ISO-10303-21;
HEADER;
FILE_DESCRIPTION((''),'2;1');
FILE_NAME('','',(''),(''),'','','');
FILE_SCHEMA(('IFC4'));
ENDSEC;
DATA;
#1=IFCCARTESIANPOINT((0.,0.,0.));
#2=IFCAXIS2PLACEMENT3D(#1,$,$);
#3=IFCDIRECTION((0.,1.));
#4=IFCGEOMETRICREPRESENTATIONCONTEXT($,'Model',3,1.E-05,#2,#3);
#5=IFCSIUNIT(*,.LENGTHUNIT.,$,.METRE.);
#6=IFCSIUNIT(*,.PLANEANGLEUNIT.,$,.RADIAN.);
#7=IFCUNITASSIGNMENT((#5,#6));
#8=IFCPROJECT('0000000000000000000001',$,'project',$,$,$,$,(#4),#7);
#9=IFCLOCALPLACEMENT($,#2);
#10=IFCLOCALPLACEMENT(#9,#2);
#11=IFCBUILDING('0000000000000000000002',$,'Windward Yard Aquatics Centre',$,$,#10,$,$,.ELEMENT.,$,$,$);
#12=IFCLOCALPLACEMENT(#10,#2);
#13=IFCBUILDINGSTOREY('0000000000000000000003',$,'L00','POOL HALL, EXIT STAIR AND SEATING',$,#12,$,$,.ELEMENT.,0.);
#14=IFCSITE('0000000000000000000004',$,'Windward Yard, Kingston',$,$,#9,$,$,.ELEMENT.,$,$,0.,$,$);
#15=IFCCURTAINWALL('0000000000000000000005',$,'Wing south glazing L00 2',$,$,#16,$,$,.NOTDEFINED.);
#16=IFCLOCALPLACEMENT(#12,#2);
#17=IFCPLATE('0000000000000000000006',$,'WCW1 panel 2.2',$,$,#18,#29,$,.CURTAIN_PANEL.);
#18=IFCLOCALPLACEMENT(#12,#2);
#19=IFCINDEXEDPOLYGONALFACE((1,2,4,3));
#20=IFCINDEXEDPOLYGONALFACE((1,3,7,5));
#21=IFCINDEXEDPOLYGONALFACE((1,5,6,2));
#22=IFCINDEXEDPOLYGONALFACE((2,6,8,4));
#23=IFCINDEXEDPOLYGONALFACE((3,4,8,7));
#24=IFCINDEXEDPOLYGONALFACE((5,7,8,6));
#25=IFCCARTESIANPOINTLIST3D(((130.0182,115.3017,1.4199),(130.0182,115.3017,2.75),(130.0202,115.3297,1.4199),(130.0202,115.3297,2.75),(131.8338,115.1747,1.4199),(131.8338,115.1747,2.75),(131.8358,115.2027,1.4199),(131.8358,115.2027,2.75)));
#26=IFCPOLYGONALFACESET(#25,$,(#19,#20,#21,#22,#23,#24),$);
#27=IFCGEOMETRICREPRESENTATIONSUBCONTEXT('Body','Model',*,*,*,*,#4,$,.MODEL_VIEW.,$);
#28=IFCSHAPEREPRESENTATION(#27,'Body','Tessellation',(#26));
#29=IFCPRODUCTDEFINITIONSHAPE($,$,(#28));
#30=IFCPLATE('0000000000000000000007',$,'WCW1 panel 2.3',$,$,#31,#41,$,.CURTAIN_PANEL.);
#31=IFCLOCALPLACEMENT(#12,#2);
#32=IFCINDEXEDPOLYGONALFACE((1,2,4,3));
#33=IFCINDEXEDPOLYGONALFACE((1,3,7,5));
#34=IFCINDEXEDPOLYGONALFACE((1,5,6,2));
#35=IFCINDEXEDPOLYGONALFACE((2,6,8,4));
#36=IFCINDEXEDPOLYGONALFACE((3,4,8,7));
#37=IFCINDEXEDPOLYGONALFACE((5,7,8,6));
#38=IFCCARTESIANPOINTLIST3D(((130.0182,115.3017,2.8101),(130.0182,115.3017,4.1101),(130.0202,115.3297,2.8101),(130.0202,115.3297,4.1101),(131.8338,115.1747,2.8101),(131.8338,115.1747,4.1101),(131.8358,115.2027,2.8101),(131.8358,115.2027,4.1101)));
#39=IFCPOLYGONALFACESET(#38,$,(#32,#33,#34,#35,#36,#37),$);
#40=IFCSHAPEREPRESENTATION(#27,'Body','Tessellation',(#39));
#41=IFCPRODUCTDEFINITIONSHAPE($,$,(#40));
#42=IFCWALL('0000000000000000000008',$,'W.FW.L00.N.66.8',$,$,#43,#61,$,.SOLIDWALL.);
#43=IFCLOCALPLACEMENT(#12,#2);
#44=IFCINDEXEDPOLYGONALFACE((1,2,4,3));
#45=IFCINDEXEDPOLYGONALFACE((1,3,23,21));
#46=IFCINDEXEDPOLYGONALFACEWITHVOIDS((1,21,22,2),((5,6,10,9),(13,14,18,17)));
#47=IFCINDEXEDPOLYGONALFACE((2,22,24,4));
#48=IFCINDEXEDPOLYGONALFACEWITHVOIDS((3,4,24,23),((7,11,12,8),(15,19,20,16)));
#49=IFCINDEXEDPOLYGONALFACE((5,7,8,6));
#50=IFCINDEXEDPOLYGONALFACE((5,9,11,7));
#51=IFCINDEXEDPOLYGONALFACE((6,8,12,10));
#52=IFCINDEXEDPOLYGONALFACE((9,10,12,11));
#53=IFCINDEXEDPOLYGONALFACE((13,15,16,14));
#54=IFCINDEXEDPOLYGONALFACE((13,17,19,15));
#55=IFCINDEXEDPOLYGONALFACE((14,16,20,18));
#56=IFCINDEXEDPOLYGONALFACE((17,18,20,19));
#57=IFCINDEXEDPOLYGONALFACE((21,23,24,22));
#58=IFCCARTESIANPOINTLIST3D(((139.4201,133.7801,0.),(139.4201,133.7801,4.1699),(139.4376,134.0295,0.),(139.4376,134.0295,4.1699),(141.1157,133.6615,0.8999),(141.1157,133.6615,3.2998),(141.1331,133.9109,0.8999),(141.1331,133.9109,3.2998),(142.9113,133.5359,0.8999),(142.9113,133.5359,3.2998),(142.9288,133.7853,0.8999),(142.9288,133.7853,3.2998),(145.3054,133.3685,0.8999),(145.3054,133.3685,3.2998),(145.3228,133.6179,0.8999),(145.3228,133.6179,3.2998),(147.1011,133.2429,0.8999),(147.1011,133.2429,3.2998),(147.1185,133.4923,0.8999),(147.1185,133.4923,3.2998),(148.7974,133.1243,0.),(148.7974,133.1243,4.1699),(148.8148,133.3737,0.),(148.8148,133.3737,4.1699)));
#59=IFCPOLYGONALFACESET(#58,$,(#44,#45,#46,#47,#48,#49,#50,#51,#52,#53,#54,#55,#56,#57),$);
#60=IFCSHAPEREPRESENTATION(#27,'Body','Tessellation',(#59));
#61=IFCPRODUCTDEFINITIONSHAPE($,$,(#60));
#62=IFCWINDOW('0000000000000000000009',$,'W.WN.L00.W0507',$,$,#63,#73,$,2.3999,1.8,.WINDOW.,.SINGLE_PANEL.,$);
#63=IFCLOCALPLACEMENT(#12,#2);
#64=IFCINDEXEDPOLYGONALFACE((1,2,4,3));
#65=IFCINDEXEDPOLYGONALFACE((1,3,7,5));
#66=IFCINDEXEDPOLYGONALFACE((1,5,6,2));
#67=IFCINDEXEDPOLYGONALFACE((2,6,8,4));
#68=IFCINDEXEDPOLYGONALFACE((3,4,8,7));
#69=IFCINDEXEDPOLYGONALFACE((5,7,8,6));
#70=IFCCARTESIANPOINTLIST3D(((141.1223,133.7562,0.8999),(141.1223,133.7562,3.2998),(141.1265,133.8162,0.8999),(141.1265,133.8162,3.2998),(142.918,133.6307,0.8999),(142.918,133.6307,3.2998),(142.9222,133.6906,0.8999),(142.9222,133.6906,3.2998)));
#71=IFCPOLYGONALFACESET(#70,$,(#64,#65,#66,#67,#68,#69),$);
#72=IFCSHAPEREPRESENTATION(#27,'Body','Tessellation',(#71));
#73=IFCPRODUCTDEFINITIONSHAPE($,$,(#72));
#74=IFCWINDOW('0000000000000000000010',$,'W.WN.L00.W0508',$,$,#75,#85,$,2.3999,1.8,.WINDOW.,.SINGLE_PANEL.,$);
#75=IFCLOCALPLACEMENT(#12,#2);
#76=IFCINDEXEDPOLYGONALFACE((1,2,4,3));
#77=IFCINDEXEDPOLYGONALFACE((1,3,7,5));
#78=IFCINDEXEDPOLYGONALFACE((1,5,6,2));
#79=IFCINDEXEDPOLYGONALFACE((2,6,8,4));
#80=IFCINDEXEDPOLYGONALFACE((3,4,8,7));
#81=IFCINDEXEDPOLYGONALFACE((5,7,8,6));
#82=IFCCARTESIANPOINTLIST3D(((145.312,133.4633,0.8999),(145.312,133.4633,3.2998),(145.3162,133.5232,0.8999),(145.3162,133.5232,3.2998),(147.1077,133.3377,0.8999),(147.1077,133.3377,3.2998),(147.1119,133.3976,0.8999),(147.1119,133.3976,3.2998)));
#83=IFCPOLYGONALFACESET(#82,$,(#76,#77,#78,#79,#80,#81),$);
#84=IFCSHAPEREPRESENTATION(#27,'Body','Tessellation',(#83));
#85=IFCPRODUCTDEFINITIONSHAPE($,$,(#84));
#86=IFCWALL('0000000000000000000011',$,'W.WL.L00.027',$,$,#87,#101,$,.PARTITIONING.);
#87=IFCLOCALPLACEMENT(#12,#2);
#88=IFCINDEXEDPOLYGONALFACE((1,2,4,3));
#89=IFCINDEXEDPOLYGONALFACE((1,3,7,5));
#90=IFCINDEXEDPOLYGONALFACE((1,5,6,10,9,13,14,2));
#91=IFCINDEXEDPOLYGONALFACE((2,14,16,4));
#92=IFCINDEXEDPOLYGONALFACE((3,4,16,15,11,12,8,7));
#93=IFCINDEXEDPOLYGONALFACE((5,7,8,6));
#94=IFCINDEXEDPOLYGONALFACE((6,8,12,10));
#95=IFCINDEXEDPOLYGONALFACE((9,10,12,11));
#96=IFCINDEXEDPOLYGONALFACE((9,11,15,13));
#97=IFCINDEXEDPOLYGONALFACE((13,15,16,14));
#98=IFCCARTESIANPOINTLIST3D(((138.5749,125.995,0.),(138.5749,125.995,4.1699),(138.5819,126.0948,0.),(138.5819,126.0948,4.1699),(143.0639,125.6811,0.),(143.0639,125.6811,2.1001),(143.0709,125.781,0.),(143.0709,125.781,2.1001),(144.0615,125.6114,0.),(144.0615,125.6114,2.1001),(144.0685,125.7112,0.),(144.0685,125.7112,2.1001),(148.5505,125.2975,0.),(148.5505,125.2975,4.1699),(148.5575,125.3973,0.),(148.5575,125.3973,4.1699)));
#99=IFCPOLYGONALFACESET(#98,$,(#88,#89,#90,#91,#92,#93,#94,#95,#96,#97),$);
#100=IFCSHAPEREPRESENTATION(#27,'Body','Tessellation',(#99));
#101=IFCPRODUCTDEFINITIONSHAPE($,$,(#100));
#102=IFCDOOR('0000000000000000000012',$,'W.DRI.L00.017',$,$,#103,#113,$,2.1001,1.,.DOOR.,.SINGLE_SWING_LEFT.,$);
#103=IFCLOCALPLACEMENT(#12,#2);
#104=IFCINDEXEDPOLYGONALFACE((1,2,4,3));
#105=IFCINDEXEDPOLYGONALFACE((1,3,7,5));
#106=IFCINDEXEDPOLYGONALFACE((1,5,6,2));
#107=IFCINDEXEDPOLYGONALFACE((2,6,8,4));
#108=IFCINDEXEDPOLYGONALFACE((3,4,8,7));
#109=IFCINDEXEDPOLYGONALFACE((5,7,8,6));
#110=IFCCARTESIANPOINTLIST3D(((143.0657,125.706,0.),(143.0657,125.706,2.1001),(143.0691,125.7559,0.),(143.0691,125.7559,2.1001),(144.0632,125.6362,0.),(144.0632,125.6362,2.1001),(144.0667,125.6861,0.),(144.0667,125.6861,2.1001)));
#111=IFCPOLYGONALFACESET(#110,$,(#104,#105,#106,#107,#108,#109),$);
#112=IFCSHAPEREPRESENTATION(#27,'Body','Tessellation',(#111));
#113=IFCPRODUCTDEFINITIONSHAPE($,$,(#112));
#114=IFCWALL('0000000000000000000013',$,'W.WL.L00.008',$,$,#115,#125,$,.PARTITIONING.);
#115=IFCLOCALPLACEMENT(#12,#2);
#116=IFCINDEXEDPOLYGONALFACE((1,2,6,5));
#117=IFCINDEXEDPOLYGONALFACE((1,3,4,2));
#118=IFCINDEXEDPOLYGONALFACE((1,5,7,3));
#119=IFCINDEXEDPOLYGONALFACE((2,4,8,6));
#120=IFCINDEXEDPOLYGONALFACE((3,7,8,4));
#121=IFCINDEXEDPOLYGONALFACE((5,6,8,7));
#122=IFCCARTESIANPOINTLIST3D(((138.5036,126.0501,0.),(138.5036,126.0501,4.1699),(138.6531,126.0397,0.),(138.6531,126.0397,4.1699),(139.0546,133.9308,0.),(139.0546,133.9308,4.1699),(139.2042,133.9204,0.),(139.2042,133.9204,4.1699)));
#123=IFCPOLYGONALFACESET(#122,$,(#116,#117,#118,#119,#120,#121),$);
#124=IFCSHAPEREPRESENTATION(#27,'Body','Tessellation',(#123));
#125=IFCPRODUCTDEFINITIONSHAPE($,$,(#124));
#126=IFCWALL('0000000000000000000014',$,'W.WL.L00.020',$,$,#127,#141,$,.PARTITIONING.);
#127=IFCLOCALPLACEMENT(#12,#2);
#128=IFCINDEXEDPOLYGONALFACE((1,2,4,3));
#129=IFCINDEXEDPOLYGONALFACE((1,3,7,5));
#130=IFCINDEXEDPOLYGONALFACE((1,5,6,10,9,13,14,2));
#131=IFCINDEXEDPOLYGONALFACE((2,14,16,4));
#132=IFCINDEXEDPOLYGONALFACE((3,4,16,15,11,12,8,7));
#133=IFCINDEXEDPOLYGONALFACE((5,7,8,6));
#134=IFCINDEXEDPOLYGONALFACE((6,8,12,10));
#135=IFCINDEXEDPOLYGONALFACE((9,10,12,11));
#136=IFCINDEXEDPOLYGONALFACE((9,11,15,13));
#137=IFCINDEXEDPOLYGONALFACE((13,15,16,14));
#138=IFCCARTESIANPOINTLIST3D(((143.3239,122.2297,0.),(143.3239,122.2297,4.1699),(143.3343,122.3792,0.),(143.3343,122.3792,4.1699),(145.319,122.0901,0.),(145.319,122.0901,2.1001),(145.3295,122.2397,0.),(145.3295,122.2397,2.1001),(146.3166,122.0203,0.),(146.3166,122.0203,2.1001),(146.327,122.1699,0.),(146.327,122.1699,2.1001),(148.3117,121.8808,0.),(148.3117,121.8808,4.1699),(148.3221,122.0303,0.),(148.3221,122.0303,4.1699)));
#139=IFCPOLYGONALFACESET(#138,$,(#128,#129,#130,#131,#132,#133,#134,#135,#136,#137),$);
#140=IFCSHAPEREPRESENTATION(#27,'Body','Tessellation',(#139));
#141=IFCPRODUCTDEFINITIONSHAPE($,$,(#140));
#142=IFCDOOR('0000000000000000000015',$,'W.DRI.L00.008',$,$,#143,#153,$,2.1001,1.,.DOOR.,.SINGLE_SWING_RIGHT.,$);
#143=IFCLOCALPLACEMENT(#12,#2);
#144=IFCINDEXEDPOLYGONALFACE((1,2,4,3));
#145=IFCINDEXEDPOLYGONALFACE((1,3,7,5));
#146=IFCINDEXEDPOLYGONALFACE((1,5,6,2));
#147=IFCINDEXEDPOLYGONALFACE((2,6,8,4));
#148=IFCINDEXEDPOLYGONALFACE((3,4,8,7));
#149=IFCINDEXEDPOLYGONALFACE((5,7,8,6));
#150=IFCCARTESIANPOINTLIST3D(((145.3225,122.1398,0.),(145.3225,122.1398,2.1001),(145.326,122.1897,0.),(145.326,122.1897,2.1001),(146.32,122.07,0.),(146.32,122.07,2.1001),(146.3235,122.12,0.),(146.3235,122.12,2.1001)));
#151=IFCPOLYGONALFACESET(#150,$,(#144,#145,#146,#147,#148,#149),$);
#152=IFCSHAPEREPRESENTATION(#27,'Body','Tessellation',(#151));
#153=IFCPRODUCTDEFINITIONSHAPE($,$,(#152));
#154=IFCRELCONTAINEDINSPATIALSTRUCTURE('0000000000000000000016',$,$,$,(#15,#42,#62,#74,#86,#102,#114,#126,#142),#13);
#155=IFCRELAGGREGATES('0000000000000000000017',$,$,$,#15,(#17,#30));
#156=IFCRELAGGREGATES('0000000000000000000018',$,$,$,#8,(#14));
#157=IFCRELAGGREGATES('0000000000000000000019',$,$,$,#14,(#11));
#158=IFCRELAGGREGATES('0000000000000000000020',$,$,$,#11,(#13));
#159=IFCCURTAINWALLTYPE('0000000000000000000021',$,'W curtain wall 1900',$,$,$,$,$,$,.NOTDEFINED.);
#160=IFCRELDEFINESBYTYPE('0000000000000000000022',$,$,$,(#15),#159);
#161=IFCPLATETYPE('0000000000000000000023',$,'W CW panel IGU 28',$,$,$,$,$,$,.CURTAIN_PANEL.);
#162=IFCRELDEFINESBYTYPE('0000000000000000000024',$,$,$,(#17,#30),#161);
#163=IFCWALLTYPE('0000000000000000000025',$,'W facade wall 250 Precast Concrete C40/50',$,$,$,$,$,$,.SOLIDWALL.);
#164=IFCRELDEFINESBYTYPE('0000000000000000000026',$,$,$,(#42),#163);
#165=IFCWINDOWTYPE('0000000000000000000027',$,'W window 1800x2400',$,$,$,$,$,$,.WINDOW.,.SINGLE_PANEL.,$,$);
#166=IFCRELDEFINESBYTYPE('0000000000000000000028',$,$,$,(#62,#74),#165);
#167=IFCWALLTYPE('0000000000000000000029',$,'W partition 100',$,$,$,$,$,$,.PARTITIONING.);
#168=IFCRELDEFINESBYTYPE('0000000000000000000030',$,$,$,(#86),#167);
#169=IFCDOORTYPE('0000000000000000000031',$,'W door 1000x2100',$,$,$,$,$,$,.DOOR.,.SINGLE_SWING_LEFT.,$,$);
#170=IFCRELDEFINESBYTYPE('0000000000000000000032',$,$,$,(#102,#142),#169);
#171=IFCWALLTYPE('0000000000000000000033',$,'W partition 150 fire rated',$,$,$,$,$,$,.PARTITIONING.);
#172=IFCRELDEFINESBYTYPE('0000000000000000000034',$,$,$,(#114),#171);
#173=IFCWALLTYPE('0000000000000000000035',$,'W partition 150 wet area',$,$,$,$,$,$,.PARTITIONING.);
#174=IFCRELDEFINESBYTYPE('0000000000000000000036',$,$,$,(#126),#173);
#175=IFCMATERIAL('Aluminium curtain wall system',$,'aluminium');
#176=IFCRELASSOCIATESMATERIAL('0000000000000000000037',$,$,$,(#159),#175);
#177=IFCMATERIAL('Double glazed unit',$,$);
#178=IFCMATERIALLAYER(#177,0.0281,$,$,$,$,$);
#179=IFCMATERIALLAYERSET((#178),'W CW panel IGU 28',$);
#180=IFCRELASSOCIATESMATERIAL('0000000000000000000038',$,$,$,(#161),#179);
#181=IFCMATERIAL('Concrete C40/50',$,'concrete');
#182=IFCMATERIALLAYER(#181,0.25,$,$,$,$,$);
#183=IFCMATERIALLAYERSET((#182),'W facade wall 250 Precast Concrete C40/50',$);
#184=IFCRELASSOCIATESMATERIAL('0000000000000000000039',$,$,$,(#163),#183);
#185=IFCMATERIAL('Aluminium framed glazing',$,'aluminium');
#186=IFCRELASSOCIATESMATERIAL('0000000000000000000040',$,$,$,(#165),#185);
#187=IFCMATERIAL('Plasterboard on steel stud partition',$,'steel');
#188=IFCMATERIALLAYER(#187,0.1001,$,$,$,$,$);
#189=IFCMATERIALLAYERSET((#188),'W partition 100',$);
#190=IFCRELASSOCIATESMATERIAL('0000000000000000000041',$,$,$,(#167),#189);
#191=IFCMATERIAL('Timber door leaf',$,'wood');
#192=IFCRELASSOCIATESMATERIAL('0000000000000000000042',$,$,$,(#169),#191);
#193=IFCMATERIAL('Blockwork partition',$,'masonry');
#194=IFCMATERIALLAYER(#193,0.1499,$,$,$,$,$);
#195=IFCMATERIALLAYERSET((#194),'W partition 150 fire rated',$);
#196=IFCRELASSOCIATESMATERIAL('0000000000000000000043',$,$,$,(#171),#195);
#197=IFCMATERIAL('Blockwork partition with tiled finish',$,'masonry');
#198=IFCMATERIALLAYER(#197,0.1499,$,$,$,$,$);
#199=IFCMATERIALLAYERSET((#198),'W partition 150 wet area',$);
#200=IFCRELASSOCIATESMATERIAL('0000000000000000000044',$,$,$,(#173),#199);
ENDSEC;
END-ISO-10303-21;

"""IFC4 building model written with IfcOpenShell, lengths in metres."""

from ifc_helpers import new_model, si_unit, direction, frame, frame_2d, origin, origin_2d, place, context, subcontext, project, spatial, rectangle, extrude, material, layer, layer_set, type_object, element, fill, aggregate, save


model = new_model("IFC4")

# Units and contexts
model_context = context("Model", 3, precision=1e-05, world=origin(), true_north=direction((0.0, 1.0)))
body_context = subcontext(model_context, "Body", "Model", "MODEL_VIEW")
ifc_project = project(units=[si_unit("LENGTHUNIT", "METRE"), si_unit("PLANEANGLEUNIT", "RADIAN")], contexts=[model_context])

# Site, building, storey
site_placement = place(None, origin())
site = spatial("IfcSite", under=ifc_project, at=site_placement, Name="Windward Yard, Kingston", CompositionType="ELEMENT", RefElevation=0.0)
building_placement = place(site_placement, origin())
building = spatial("IfcBuilding", under=site, at=building_placement, Name="Windward Yard Aquatics Centre", CompositionType="ELEMENT")
storey_placement = place(building_placement, origin())
storey = spatial("IfcBuildingStorey", under=building, at=storey_placement, Name="L00", Description="POOL HALL, EXIT STAIR AND SEATING", CompositionType="ELEMENT", Elevation=0.0)

# Curtain wall, plates
ifc_material_1 = material(Name="Aluminium curtain wall system", Category="aluminium")
curtain_wall_type = type_object("IfcCurtainWallType", Name="W curtain wall 1900", PredefinedType="NOTDEFINED", material=ifc_material_1)
curtain_wall_placement = place(storey_placement, origin())
curtain_wall = element("IfcCurtainWall", 1, at=curtain_wall_placement, inside=storey, type_object=curtain_wall_type, Name="Wing south glazing L00 2", PredefinedType="NOTDEFINED")
ifc_material_2 = material(Name="Double glazed unit")
ifc_layer_1 = layer(ifc_material_2, 0.0281)
ifc_layer_set_1 = layer_set([ifc_layer_1], Name="W CW panel IGU 28")
plate_type = type_object("IfcPlateType", Name="W CW panel IGU 28", PredefinedType="CURTAIN_PANEL", material=ifc_layer_set_1)
plate_1_placement = place(storey_placement, frame((130.927, 115.2522, 1.4199), z_axis=(0.0, 0.0, 1.0), x_axis=(0.997564, -0.069755, 0.0)))
plate_1 = element("IfcPlate", 2, at=plate_1_placement, type_object=plate_type, Name="WCW1 panel 2.2", PredefinedType="CURTAIN_PANEL", context=body_context, shape_type="SweptSolid", body=[
    extrude(rectangle(XDim=1.8201, YDim=0.0281, at=origin_2d()), origin(), (0.0, 0.0, 1.0), 1.3301),
])
plate_2_placement = place(storey_placement, frame((130.927, 115.2522, 2.8101), z_axis=(0.0, 0.0, 1.0), x_axis=(0.997564, -0.069755, 0.0)))
plate_2 = element("IfcPlate", 3, at=plate_2_placement, type_object=plate_type, Name="WCW1 panel 2.3", PredefinedType="CURTAIN_PANEL", context=body_context, shape_type="SweptSolid", body=[
    extrude(rectangle(XDim=1.8201, YDim=0.0281, at=origin_2d()), origin(), (0.0, 0.0, 1.0), 1.3),
])
aggregate(curtain_wall, [plate_1, plate_2])

# Wall, openings, windows
ifc_material_3 = material(Name="Concrete C40/50", Category="concrete")
ifc_layer_2 = layer(ifc_material_3, 0.25)
ifc_layer_set_2 = layer_set([ifc_layer_2], Name="W facade wall 250 Precast Concrete C40/50")
wall_type_1 = type_object("IfcWallType", Name="W facade wall 250 Precast Concrete C40/50", PredefinedType="SOLIDWALL", material=ifc_layer_set_2)
wall_1_placement = place(storey_placement, frame((139.4287, 133.9048, 0.0), z_axis=(0.0, 0.0, 1.0), x_axis=(0.997564, -0.069761, 0.0)))
wall_1 = element("IfcWall", 4, at=wall_1_placement, inside=storey, type_object=wall_type_1, Name="W.FW.L00.N.66.8", PredefinedType="SOLIDWALL", context=body_context, shape_type="SweptSolid", body=[
    extrude(rectangle(XDim=9.4001, YDim=0.25, at=frame_2d((4.7002, 0.0))), origin(), (0.0, 0.0, 1.0), 4.1699),
])
opening_1_placement = place(wall_1_placement, frame((1.7, 0.0, 0.8999)))
opening_1 = element("IfcOpeningElement", 5, at=opening_1_placement, cuts=wall_1, PredefinedType="OPENING", context=body_context, shape_type="SweptSolid", body=[
    extrude(rectangle(XDim=1.8, YDim=2.3999, at=frame_2d((0.8999, 1.2))), frame((0.0, 0.135, 0.0), z_axis=(0.0, -1.0, 0.0), x_axis=(1.0, 0.0, 0.0)), (0.0, 0.0, 1.0), 0.27),
])
opening_2_placement = place(wall_1_placement, frame((5.8999, 0.0, 0.8999)))
opening_2 = element("IfcOpeningElement", 6, at=opening_2_placement, cuts=wall_1, PredefinedType="OPENING", context=body_context, shape_type="SweptSolid", body=[
    extrude(rectangle(XDim=1.8, YDim=2.3999, at=frame_2d((0.8999, 1.2))), frame((0.0, 0.135, 0.0), z_axis=(0.0, -1.0, 0.0), x_axis=(1.0, 0.0, 0.0)), (0.0, 0.0, 1.0), 0.27),
])
ifc_material_4 = material(Name="Aluminium framed glazing", Category="aluminium")
window_type = type_object("IfcWindowType", Name="W window 1800x2400", PartitioningType="SINGLE_PANEL", PredefinedType="WINDOW", material=ifc_material_4)
window_1_placement = place(opening_1_placement, origin())
window_1 = element("IfcWindow", 7, at=window_1_placement, inside=storey, type_object=window_type, Name="W.WN.L00.W0507", OverallHeight=2.3999, OverallWidth=1.8, PartitioningType="SINGLE_PANEL", PredefinedType="WINDOW", context=body_context, shape_type="SweptSolid", body=[
    extrude(rectangle(XDim=1.8, YDim=2.3999, at=frame_2d((0.8999, 1.2))), frame((0.0, 0.03, 0.0), z_axis=(0.0, -1.0, 0.0), x_axis=(1.0, 0.0, 0.0)), (0.0, 0.0, 1.0), 0.0601),
])
fill(opening_1, window_1)
window_2_placement = place(opening_2_placement, origin())
window_2 = element("IfcWindow", 8, at=window_2_placement, inside=storey, type_object=window_type, Name="W.WN.L00.W0508", OverallHeight=2.3999, OverallWidth=1.8, PartitioningType="SINGLE_PANEL", PredefinedType="WINDOW", context=body_context, shape_type="SweptSolid", body=[
    extrude(rectangle(XDim=1.8, YDim=2.3999, at=frame_2d((0.8999, 1.2))), frame((0.0, 0.03, 0.0), z_axis=(0.0, -1.0, 0.0), x_axis=(1.0, 0.0, 0.0)), (0.0, 0.0, 1.0), 0.0601),
])
fill(opening_2, window_2)

# Wall, opening, door
ifc_material_5 = material(Name="Plasterboard on steel stud partition", Category="steel")
ifc_layer_3 = layer(ifc_material_5, 0.1001)
ifc_layer_set_3 = layer_set([ifc_layer_3], Name="W partition 100")
wall_type_2 = type_object("IfcWallType", Name="W partition 100", PredefinedType="PARTITIONING", material=ifc_layer_set_3)
wall_2_placement = place(storey_placement, frame((138.5784, 126.0449, 0.0), z_axis=(0.0, 0.0, 1.0), x_axis=(0.997564, -0.069751, 0.0)))
wall_2 = element("IfcWall", 9, at=wall_2_placement, inside=storey, type_object=wall_type_2, Name="W.WL.L00.027", PredefinedType="PARTITIONING", context=body_context, shape_type="SweptSolid", body=[
    extrude(rectangle(XDim=10.0, YDim=0.1001, at=frame_2d((5.0, 0.0))), origin(), (0.0, 0.0, 1.0), 4.1699),
])
opening_3_placement = place(wall_2_placement, frame((4.5, 0.0, 0.0)))
opening_3 = element("IfcOpeningElement", 10, at=opening_3_placement, cuts=wall_2, PredefinedType="OPENING", context=body_context, shape_type="SweptSolid", body=[
    extrude(rectangle(XDim=1.0, YDim=2.1001, at=frame_2d((0.5, 1.05))), frame((0.0, 0.0601, 0.0), z_axis=(0.0, -1.0, 0.0), x_axis=(1.0, 0.0, 0.0)), (0.0, 0.0, 1.0), 0.1201),
])
ifc_material_6 = material(Name="Timber door leaf", Category="wood")
door_type = type_object("IfcDoorType", Name="W door 1000x2100", OperationType="SINGLE_SWING_LEFT", PredefinedType="DOOR", material=ifc_material_6)
door_1_placement = place(opening_3_placement, origin())
door_1 = element("IfcDoor", 11, at=door_1_placement, inside=storey, type_object=door_type, Name="W.DRI.L00.017", OperationType="SINGLE_SWING_LEFT", OverallHeight=2.1001, OverallWidth=1.0, PredefinedType="DOOR", context=body_context, shape_type="SweptSolid", body=[
    extrude(rectangle(XDim=1.0, YDim=2.1001, at=frame_2d((0.5, 1.05))), frame((0.0, 0.0249, 0.0), z_axis=(0.0, -1.0, 0.0), x_axis=(1.0, 0.0, 0.0)), (0.0, 0.0, 1.0), 0.05),
])
fill(opening_3, door_1)

# Wall
ifc_material_7 = material(Name="Blockwork partition", Category="masonry")
ifc_layer_4 = layer(ifc_material_7, 0.1499)
ifc_layer_set_4 = layer_set([ifc_layer_4], Name="W partition 150 fire rated")
wall_type_3 = type_object("IfcWallType", Name="W partition 150 fire rated", PredefinedType="PARTITIONING", material=ifc_layer_set_4)
wall_3_placement = place(storey_placement, frame((138.5784, 126.0449, 0.0), z_axis=(0.0, 0.0, 1.0), x_axis=(0.069751, 0.997564, 0.0)))
element("IfcWall", 12, at=wall_3_placement, inside=storey, type_object=wall_type_3, Name="W.WL.L00.008", PredefinedType="PARTITIONING", context=body_context, shape_type="SweptSolid", body=[
    extrude(rectangle(XDim=7.8999, YDim=0.1499, at=frame_2d((3.95, 0.0))), origin(), (0.0, 0.0, 1.0), 4.1699),
])

# Wall, opening, door
ifc_material_8 = material(Name="Blockwork partition with tiled finish", Category="masonry")
ifc_layer_5 = layer(ifc_material_8, 0.1499)
ifc_layer_set_5 = layer_set([ifc_layer_5], Name="W partition 150 wet area")
wall_type_4 = type_object("IfcWallType", Name="W partition 150 wet area", PredefinedType="PARTITIONING", material=ifc_layer_set_5)
wall_4_placement = place(storey_placement, frame((143.3291, 122.3044, 0.0), z_axis=(0.0, 0.0, 1.0), x_axis=(0.997563, -0.069776, 0.0)))
wall_4 = element("IfcWall", 13, at=wall_4_placement, inside=storey, type_object=wall_type_4, Name="W.WL.L00.020", PredefinedType="PARTITIONING", context=body_context, shape_type="SweptSolid", body=[
    extrude(rectangle(XDim=5.0, YDim=0.1499, at=frame_2d((2.5, 0.0))), origin(), (0.0, 0.0, 1.0), 4.1699),
])
opening_4_placement = place(wall_4_placement, frame((2.0, 0.0, 0.0)))
opening_4 = element("IfcOpeningElement", 14, at=opening_4_placement, cuts=wall_4, PredefinedType="OPENING", context=body_context, shape_type="SweptSolid", body=[
    extrude(rectangle(XDim=1.0, YDim=2.1001, at=frame_2d((0.5, 1.05))), frame((0.0, 0.085, 0.0), z_axis=(0.0, -1.0, 0.0), x_axis=(1.0, 0.0, 0.0)), (0.0, 0.0, 1.0), 0.1699),
])
door_2_placement = place(opening_4_placement, origin())
door_2 = element("IfcDoor", 15, at=door_2_placement, inside=storey, type_object=door_type, Name="W.DRI.L00.008", OperationType="SINGLE_SWING_RIGHT", OverallHeight=2.1001, OverallWidth=1.0, PredefinedType="DOOR", context=body_context, shape_type="SweptSolid", body=[
    extrude(rectangle(XDim=1.0, YDim=2.1001, at=frame_2d((0.5, 1.05))), frame((0.0, 0.0249, 0.0), z_axis=(0.0, -1.0, 0.0), x_axis=(1.0, 0.0, 0.0)), (0.0, 0.0, 1.0), 0.05),
])
fill(opening_4, door_2)

save(model, "model.ifc")
